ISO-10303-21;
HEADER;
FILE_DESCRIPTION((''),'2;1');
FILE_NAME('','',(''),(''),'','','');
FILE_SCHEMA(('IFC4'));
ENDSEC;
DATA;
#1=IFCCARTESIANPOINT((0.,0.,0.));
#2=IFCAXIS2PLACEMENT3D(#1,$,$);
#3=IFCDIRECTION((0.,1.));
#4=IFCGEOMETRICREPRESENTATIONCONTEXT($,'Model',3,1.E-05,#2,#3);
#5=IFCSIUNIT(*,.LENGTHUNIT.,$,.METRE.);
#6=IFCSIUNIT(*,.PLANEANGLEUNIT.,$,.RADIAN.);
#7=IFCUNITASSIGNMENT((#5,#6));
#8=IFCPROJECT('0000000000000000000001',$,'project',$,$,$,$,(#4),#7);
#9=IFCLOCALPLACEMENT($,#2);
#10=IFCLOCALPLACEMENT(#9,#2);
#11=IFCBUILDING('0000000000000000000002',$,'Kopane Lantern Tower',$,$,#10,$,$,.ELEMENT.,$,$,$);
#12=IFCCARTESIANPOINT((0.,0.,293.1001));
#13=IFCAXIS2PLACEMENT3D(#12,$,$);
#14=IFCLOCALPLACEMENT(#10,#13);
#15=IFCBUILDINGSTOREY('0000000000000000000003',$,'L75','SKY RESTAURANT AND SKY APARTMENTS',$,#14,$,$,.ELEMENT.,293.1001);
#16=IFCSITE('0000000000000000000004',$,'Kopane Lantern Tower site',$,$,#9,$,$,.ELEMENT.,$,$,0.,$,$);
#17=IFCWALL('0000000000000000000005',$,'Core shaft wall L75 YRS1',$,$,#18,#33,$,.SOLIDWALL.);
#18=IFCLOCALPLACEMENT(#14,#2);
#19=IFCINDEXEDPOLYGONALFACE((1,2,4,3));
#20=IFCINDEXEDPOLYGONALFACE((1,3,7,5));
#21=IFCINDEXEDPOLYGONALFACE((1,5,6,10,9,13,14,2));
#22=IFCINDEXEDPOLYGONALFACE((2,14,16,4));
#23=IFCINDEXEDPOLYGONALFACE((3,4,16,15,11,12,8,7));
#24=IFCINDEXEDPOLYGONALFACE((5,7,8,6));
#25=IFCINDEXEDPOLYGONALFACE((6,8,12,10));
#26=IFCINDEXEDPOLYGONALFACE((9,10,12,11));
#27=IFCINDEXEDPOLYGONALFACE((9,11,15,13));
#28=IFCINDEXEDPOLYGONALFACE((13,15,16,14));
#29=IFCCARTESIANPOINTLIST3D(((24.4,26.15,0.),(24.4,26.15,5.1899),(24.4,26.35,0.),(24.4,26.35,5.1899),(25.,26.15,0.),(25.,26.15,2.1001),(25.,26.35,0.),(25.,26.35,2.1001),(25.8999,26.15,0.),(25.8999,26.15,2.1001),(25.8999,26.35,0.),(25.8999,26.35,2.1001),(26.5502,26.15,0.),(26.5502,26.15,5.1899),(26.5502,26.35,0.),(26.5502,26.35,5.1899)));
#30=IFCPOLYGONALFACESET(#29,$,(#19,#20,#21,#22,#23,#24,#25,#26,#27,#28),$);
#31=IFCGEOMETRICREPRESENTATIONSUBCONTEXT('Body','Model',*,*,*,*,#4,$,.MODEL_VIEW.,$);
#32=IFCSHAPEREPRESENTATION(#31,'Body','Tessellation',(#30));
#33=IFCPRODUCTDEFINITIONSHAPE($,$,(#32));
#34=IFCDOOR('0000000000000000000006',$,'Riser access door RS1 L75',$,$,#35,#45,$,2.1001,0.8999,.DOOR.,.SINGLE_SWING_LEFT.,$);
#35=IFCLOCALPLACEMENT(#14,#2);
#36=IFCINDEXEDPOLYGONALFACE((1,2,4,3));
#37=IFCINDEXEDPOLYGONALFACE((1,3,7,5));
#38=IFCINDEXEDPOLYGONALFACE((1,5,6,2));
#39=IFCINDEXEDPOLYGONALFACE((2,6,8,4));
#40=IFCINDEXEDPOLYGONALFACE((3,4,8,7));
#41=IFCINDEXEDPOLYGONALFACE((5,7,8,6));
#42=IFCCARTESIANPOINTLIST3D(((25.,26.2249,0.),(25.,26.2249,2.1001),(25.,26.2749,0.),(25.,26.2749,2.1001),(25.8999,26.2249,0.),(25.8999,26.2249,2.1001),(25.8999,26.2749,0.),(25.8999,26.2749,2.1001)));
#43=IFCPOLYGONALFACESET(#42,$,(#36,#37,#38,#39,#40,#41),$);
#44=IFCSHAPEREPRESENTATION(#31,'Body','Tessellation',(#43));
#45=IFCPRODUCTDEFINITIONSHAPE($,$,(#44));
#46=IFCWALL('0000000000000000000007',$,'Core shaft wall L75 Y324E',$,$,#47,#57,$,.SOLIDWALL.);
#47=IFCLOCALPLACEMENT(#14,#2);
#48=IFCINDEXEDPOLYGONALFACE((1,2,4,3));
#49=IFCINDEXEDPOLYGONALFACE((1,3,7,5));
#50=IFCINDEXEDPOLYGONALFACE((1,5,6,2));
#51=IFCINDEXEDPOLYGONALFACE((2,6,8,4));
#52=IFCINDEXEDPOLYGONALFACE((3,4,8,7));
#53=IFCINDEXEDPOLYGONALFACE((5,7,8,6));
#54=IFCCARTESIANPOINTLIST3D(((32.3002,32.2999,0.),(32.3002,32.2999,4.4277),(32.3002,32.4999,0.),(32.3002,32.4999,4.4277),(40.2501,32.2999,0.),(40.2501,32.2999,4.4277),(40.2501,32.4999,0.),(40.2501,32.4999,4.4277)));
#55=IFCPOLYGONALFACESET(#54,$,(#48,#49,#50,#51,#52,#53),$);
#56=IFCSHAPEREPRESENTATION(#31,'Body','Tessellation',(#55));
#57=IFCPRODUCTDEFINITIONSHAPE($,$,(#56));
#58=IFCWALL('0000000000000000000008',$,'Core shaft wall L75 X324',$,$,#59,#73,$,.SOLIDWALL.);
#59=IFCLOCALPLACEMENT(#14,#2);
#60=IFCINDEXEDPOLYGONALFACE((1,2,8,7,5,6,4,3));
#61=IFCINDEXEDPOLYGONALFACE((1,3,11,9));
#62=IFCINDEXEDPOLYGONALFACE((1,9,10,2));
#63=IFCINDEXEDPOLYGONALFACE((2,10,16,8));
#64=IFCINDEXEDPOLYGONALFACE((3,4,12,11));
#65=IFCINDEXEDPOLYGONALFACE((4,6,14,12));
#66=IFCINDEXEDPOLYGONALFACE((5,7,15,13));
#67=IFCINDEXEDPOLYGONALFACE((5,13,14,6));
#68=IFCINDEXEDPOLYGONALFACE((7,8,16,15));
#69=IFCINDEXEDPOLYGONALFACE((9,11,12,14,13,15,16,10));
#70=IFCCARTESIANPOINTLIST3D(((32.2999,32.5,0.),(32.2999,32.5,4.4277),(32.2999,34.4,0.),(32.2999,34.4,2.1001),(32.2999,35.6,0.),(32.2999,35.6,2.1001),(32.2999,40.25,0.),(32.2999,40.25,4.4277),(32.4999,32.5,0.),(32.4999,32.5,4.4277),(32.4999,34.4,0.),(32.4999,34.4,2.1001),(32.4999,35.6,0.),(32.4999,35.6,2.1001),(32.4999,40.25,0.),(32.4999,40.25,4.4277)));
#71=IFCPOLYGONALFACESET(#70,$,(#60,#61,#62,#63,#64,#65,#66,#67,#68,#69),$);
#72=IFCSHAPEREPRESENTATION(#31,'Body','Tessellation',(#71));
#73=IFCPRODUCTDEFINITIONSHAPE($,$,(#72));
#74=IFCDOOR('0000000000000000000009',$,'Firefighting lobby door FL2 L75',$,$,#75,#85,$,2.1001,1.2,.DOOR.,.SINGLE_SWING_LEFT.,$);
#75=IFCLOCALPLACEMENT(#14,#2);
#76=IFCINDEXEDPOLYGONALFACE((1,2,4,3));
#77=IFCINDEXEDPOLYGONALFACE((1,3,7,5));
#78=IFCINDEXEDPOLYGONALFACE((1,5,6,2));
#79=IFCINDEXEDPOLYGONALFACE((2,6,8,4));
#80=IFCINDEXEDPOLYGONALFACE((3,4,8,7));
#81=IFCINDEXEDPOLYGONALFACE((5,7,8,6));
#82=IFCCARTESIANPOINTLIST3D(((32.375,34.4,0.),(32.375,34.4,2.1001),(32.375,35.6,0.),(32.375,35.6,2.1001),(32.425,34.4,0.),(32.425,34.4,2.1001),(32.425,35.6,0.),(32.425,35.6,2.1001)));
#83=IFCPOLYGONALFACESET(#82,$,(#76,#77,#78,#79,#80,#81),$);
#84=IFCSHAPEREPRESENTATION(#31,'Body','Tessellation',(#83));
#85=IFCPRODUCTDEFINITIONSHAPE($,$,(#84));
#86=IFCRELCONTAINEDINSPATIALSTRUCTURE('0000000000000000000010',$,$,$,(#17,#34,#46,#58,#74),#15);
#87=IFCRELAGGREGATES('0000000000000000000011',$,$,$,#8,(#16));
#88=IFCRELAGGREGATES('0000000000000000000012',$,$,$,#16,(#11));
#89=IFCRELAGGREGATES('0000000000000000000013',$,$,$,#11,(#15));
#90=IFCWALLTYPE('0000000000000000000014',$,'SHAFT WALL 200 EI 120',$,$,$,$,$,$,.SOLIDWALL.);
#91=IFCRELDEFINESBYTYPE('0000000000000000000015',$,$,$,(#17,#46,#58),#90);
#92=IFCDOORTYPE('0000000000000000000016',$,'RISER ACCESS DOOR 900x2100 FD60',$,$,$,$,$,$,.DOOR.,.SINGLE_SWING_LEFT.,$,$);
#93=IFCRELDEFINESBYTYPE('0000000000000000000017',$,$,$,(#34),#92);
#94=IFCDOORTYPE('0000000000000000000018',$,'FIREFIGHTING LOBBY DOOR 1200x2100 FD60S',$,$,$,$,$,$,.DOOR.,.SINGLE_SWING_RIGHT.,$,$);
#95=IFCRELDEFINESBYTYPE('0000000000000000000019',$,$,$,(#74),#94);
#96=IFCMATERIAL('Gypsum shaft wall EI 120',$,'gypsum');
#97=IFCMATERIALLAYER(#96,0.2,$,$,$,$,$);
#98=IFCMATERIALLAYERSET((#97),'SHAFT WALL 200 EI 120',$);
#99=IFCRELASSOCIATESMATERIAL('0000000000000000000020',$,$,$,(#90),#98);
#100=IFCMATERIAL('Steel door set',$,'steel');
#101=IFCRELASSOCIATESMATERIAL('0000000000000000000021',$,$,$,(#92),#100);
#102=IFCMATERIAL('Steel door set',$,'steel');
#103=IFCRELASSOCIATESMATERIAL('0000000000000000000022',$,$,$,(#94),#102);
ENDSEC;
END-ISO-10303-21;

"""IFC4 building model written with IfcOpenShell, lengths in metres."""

from ifc_helpers import new_model, si_unit, direction, frame, frame_2d, origin, place, context, subcontext, project, spatial, rectangle, extrude, material, layer, layer_set, type_object, element, fill, save


model = new_model("IFC4")

# Units and contexts
model_context = context("Model", 3, precision=1e-05, world=origin(), true_north=direction((0.0, 1.0)))
body_context = subcontext(model_context, "Body", "Model", "MODEL_VIEW")
ifc_project = project(units=[si_unit("LENGTHUNIT", "METRE"), si_unit("PLANEANGLEUNIT", "RADIAN")], contexts=[model_context])

# Site, building, storey
site_placement = place(None, origin())
site = spatial("IfcSite", under=ifc_project, at=site_placement, Name="Kopane Lantern Tower site", CompositionType="ELEMENT", RefElevation=0.0)
building_placement = place(site_placement, origin())
building = spatial("IfcBuilding", under=site, at=building_placement, Name="Kopane Lantern Tower", CompositionType="ELEMENT")
storey_placement = place(building_placement, frame((0.0, 0.0, 293.1001)))
storey = spatial("IfcBuildingStorey", under=building, at=storey_placement, Name="L75", Description="SKY RESTAURANT AND SKY APARTMENTS", CompositionType="ELEMENT", Elevation=293.1001)

# Shared definitions
ifc_material_1 = material(Name="Gypsum shaft wall EI 120", Category="gypsum")
ifc_layer_1 = layer(ifc_material_1, 0.2)
ifc_layer_set_1 = layer_set([ifc_layer_1], Name="SHAFT WALL 200 EI 120")
wall_type_1 = type_object("IfcWallType", Name="SHAFT WALL 200 EI 120", PredefinedType="SOLIDWALL", material=ifc_layer_set_1)

# Wall, opening, door
wall_1_placement = place(storey_placement, frame((24.3999, 26.25, 0.0), z_axis=(0.0, 0.0, 1.0), x_axis=(1.0, 0.0, 0.0)))
wall_1 = element("IfcWall", 1, at=wall_1_placement, inside=storey, type_object=wall_type_1, Name="Core shaft wall L75 YRS1", PredefinedType="SOLIDWALL", context=body_context, shape_type="SweptSolid", body=[
    extrude(rectangle(XDim=2.1501, YDim=0.2, at=frame_2d((1.0752, 0.0))), origin(), (0.0, 0.0, 1.0), 5.1899),
])
opening_1_placement = place(wall_1_placement, frame((0.6001, 0.0, 0.0)))
opening_1 = element("IfcOpeningElement", 2, at=opening_1_placement, cuts=wall_1, PredefinedType="OPENING", context=body_context, shape_type="SweptSolid", body=[
    extrude(rectangle(XDim=0.8999, YDim=2.1001, at=frame_2d((0.45, 1.05))), frame((0.0, 0.1099, 0.0), z_axis=(0.0, -1.0, 0.0), x_axis=(1.0, 0.0, 0.0)), (0.0, 0.0, 1.0), 0.22),
])
ifc_material_2 = material(Name="Steel door set", Category="steel")
door_type_1 = type_object("IfcDoorType", Name="RISER ACCESS DOOR 900x2100 FD60", OperationType="SINGLE_SWING_LEFT", PredefinedType="DOOR", material=ifc_material_2)
door_1_placement = place(opening_1_placement, origin())
door_1 = element("IfcDoor", 3, at=door_1_placement, inside=storey, type_object=door_type_1, Name="Riser access door RS1 L75", OperationType="SINGLE_SWING_LEFT", OverallHeight=2.1001, OverallWidth=0.8999, PredefinedType="DOOR", context=body_context, shape_type="SweptSolid", body=[
    extrude(rectangle(XDim=0.8999, YDim=2.1001, at=frame_2d((0.45, 1.05))), frame((0.0, 0.0249, 0.0), z_axis=(0.0, -1.0, 0.0), x_axis=(1.0, 0.0, 0.0)), (0.0, 0.0, 1.0), 0.05),
])
fill(opening_1, door_1)

# Wall
wall_2_placement = place(storey_placement, frame((32.3, 32.3999, 0.0), z_axis=(0.0, 0.0, 1.0), x_axis=(1.0, 0.0, 0.0)))
element("IfcWall", 4, at=wall_2_placement, inside=storey, type_object=wall_type_1, Name="Core shaft wall L75 Y324E", PredefinedType="SOLIDWALL", context=body_context, shape_type="SweptSolid", body=[
    extrude(rectangle(XDim=7.95, YDim=0.2, at=frame_2d((3.9751, 0.0))), origin(), (0.0, 0.0, 1.0), 4.4277),
])

# Wall, opening, door
wall_3_placement = place(storey_placement, frame((32.3999, 32.5, 0.0), z_axis=(0.0, 0.0, 1.0), x_axis=(0.0, 1.0, 0.0)))
wall_3 = element("IfcWall", 5, at=wall_3_placement, inside=storey, type_object=wall_type_1, Name="Core shaft wall L75 X324", PredefinedType="SOLIDWALL", context=body_context, shape_type="SweptSolid", body=[
    extrude(rectangle(XDim=7.75, YDim=0.2, at=frame_2d((3.875, 0.0))), origin(), (0.0, 0.0, 1.0), 4.4277),
])
opening_2_placement = place(wall_3_placement, frame((1.8999, 0.0, 0.0)))
opening_2 = element("IfcOpeningElement", 6, at=opening_2_placement, cuts=wall_3, PredefinedType="OPENING", context=body_context, shape_type="SweptSolid", body=[
    extrude(rectangle(XDim=1.2, YDim=2.1001, at=frame_2d((0.6001, 1.05))), frame((0.0, 0.1099, 0.0), z_axis=(0.0, -1.0, 0.0), x_axis=(1.0, 0.0, 0.0)), (0.0, 0.0, 1.0), 0.22),
])
ifc_material_3 = material(Name="Steel door set", Category="steel")
door_type_2 = type_object("IfcDoorType", Name="FIREFIGHTING LOBBY DOOR 1200x2100 FD60S", OperationType="SINGLE_SWING_RIGHT", PredefinedType="DOOR", material=ifc_material_3)
door_2_placement = place(opening_2_placement, origin())
door_2 = element("IfcDoor", 7, at=door_2_placement, inside=storey, type_object=door_type_2, Name="Firefighting lobby door FL2 L75", OperationType="SINGLE_SWING_LEFT", OverallHeight=2.1001, OverallWidth=1.2, PredefinedType="DOOR", context=body_context, shape_type="SweptSolid", body=[
    extrude(rectangle(XDim=1.2, YDim=2.1001, at=frame_2d((0.6001, 1.05))), frame((0.0, 0.0249, 0.0), z_axis=(0.0, -1.0, 0.0), x_axis=(1.0, 0.0, 0.0)), (0.0, 0.0, 1.0), 0.05),
])
fill(opening_2, door_2)

save(model, "model.ifc")
